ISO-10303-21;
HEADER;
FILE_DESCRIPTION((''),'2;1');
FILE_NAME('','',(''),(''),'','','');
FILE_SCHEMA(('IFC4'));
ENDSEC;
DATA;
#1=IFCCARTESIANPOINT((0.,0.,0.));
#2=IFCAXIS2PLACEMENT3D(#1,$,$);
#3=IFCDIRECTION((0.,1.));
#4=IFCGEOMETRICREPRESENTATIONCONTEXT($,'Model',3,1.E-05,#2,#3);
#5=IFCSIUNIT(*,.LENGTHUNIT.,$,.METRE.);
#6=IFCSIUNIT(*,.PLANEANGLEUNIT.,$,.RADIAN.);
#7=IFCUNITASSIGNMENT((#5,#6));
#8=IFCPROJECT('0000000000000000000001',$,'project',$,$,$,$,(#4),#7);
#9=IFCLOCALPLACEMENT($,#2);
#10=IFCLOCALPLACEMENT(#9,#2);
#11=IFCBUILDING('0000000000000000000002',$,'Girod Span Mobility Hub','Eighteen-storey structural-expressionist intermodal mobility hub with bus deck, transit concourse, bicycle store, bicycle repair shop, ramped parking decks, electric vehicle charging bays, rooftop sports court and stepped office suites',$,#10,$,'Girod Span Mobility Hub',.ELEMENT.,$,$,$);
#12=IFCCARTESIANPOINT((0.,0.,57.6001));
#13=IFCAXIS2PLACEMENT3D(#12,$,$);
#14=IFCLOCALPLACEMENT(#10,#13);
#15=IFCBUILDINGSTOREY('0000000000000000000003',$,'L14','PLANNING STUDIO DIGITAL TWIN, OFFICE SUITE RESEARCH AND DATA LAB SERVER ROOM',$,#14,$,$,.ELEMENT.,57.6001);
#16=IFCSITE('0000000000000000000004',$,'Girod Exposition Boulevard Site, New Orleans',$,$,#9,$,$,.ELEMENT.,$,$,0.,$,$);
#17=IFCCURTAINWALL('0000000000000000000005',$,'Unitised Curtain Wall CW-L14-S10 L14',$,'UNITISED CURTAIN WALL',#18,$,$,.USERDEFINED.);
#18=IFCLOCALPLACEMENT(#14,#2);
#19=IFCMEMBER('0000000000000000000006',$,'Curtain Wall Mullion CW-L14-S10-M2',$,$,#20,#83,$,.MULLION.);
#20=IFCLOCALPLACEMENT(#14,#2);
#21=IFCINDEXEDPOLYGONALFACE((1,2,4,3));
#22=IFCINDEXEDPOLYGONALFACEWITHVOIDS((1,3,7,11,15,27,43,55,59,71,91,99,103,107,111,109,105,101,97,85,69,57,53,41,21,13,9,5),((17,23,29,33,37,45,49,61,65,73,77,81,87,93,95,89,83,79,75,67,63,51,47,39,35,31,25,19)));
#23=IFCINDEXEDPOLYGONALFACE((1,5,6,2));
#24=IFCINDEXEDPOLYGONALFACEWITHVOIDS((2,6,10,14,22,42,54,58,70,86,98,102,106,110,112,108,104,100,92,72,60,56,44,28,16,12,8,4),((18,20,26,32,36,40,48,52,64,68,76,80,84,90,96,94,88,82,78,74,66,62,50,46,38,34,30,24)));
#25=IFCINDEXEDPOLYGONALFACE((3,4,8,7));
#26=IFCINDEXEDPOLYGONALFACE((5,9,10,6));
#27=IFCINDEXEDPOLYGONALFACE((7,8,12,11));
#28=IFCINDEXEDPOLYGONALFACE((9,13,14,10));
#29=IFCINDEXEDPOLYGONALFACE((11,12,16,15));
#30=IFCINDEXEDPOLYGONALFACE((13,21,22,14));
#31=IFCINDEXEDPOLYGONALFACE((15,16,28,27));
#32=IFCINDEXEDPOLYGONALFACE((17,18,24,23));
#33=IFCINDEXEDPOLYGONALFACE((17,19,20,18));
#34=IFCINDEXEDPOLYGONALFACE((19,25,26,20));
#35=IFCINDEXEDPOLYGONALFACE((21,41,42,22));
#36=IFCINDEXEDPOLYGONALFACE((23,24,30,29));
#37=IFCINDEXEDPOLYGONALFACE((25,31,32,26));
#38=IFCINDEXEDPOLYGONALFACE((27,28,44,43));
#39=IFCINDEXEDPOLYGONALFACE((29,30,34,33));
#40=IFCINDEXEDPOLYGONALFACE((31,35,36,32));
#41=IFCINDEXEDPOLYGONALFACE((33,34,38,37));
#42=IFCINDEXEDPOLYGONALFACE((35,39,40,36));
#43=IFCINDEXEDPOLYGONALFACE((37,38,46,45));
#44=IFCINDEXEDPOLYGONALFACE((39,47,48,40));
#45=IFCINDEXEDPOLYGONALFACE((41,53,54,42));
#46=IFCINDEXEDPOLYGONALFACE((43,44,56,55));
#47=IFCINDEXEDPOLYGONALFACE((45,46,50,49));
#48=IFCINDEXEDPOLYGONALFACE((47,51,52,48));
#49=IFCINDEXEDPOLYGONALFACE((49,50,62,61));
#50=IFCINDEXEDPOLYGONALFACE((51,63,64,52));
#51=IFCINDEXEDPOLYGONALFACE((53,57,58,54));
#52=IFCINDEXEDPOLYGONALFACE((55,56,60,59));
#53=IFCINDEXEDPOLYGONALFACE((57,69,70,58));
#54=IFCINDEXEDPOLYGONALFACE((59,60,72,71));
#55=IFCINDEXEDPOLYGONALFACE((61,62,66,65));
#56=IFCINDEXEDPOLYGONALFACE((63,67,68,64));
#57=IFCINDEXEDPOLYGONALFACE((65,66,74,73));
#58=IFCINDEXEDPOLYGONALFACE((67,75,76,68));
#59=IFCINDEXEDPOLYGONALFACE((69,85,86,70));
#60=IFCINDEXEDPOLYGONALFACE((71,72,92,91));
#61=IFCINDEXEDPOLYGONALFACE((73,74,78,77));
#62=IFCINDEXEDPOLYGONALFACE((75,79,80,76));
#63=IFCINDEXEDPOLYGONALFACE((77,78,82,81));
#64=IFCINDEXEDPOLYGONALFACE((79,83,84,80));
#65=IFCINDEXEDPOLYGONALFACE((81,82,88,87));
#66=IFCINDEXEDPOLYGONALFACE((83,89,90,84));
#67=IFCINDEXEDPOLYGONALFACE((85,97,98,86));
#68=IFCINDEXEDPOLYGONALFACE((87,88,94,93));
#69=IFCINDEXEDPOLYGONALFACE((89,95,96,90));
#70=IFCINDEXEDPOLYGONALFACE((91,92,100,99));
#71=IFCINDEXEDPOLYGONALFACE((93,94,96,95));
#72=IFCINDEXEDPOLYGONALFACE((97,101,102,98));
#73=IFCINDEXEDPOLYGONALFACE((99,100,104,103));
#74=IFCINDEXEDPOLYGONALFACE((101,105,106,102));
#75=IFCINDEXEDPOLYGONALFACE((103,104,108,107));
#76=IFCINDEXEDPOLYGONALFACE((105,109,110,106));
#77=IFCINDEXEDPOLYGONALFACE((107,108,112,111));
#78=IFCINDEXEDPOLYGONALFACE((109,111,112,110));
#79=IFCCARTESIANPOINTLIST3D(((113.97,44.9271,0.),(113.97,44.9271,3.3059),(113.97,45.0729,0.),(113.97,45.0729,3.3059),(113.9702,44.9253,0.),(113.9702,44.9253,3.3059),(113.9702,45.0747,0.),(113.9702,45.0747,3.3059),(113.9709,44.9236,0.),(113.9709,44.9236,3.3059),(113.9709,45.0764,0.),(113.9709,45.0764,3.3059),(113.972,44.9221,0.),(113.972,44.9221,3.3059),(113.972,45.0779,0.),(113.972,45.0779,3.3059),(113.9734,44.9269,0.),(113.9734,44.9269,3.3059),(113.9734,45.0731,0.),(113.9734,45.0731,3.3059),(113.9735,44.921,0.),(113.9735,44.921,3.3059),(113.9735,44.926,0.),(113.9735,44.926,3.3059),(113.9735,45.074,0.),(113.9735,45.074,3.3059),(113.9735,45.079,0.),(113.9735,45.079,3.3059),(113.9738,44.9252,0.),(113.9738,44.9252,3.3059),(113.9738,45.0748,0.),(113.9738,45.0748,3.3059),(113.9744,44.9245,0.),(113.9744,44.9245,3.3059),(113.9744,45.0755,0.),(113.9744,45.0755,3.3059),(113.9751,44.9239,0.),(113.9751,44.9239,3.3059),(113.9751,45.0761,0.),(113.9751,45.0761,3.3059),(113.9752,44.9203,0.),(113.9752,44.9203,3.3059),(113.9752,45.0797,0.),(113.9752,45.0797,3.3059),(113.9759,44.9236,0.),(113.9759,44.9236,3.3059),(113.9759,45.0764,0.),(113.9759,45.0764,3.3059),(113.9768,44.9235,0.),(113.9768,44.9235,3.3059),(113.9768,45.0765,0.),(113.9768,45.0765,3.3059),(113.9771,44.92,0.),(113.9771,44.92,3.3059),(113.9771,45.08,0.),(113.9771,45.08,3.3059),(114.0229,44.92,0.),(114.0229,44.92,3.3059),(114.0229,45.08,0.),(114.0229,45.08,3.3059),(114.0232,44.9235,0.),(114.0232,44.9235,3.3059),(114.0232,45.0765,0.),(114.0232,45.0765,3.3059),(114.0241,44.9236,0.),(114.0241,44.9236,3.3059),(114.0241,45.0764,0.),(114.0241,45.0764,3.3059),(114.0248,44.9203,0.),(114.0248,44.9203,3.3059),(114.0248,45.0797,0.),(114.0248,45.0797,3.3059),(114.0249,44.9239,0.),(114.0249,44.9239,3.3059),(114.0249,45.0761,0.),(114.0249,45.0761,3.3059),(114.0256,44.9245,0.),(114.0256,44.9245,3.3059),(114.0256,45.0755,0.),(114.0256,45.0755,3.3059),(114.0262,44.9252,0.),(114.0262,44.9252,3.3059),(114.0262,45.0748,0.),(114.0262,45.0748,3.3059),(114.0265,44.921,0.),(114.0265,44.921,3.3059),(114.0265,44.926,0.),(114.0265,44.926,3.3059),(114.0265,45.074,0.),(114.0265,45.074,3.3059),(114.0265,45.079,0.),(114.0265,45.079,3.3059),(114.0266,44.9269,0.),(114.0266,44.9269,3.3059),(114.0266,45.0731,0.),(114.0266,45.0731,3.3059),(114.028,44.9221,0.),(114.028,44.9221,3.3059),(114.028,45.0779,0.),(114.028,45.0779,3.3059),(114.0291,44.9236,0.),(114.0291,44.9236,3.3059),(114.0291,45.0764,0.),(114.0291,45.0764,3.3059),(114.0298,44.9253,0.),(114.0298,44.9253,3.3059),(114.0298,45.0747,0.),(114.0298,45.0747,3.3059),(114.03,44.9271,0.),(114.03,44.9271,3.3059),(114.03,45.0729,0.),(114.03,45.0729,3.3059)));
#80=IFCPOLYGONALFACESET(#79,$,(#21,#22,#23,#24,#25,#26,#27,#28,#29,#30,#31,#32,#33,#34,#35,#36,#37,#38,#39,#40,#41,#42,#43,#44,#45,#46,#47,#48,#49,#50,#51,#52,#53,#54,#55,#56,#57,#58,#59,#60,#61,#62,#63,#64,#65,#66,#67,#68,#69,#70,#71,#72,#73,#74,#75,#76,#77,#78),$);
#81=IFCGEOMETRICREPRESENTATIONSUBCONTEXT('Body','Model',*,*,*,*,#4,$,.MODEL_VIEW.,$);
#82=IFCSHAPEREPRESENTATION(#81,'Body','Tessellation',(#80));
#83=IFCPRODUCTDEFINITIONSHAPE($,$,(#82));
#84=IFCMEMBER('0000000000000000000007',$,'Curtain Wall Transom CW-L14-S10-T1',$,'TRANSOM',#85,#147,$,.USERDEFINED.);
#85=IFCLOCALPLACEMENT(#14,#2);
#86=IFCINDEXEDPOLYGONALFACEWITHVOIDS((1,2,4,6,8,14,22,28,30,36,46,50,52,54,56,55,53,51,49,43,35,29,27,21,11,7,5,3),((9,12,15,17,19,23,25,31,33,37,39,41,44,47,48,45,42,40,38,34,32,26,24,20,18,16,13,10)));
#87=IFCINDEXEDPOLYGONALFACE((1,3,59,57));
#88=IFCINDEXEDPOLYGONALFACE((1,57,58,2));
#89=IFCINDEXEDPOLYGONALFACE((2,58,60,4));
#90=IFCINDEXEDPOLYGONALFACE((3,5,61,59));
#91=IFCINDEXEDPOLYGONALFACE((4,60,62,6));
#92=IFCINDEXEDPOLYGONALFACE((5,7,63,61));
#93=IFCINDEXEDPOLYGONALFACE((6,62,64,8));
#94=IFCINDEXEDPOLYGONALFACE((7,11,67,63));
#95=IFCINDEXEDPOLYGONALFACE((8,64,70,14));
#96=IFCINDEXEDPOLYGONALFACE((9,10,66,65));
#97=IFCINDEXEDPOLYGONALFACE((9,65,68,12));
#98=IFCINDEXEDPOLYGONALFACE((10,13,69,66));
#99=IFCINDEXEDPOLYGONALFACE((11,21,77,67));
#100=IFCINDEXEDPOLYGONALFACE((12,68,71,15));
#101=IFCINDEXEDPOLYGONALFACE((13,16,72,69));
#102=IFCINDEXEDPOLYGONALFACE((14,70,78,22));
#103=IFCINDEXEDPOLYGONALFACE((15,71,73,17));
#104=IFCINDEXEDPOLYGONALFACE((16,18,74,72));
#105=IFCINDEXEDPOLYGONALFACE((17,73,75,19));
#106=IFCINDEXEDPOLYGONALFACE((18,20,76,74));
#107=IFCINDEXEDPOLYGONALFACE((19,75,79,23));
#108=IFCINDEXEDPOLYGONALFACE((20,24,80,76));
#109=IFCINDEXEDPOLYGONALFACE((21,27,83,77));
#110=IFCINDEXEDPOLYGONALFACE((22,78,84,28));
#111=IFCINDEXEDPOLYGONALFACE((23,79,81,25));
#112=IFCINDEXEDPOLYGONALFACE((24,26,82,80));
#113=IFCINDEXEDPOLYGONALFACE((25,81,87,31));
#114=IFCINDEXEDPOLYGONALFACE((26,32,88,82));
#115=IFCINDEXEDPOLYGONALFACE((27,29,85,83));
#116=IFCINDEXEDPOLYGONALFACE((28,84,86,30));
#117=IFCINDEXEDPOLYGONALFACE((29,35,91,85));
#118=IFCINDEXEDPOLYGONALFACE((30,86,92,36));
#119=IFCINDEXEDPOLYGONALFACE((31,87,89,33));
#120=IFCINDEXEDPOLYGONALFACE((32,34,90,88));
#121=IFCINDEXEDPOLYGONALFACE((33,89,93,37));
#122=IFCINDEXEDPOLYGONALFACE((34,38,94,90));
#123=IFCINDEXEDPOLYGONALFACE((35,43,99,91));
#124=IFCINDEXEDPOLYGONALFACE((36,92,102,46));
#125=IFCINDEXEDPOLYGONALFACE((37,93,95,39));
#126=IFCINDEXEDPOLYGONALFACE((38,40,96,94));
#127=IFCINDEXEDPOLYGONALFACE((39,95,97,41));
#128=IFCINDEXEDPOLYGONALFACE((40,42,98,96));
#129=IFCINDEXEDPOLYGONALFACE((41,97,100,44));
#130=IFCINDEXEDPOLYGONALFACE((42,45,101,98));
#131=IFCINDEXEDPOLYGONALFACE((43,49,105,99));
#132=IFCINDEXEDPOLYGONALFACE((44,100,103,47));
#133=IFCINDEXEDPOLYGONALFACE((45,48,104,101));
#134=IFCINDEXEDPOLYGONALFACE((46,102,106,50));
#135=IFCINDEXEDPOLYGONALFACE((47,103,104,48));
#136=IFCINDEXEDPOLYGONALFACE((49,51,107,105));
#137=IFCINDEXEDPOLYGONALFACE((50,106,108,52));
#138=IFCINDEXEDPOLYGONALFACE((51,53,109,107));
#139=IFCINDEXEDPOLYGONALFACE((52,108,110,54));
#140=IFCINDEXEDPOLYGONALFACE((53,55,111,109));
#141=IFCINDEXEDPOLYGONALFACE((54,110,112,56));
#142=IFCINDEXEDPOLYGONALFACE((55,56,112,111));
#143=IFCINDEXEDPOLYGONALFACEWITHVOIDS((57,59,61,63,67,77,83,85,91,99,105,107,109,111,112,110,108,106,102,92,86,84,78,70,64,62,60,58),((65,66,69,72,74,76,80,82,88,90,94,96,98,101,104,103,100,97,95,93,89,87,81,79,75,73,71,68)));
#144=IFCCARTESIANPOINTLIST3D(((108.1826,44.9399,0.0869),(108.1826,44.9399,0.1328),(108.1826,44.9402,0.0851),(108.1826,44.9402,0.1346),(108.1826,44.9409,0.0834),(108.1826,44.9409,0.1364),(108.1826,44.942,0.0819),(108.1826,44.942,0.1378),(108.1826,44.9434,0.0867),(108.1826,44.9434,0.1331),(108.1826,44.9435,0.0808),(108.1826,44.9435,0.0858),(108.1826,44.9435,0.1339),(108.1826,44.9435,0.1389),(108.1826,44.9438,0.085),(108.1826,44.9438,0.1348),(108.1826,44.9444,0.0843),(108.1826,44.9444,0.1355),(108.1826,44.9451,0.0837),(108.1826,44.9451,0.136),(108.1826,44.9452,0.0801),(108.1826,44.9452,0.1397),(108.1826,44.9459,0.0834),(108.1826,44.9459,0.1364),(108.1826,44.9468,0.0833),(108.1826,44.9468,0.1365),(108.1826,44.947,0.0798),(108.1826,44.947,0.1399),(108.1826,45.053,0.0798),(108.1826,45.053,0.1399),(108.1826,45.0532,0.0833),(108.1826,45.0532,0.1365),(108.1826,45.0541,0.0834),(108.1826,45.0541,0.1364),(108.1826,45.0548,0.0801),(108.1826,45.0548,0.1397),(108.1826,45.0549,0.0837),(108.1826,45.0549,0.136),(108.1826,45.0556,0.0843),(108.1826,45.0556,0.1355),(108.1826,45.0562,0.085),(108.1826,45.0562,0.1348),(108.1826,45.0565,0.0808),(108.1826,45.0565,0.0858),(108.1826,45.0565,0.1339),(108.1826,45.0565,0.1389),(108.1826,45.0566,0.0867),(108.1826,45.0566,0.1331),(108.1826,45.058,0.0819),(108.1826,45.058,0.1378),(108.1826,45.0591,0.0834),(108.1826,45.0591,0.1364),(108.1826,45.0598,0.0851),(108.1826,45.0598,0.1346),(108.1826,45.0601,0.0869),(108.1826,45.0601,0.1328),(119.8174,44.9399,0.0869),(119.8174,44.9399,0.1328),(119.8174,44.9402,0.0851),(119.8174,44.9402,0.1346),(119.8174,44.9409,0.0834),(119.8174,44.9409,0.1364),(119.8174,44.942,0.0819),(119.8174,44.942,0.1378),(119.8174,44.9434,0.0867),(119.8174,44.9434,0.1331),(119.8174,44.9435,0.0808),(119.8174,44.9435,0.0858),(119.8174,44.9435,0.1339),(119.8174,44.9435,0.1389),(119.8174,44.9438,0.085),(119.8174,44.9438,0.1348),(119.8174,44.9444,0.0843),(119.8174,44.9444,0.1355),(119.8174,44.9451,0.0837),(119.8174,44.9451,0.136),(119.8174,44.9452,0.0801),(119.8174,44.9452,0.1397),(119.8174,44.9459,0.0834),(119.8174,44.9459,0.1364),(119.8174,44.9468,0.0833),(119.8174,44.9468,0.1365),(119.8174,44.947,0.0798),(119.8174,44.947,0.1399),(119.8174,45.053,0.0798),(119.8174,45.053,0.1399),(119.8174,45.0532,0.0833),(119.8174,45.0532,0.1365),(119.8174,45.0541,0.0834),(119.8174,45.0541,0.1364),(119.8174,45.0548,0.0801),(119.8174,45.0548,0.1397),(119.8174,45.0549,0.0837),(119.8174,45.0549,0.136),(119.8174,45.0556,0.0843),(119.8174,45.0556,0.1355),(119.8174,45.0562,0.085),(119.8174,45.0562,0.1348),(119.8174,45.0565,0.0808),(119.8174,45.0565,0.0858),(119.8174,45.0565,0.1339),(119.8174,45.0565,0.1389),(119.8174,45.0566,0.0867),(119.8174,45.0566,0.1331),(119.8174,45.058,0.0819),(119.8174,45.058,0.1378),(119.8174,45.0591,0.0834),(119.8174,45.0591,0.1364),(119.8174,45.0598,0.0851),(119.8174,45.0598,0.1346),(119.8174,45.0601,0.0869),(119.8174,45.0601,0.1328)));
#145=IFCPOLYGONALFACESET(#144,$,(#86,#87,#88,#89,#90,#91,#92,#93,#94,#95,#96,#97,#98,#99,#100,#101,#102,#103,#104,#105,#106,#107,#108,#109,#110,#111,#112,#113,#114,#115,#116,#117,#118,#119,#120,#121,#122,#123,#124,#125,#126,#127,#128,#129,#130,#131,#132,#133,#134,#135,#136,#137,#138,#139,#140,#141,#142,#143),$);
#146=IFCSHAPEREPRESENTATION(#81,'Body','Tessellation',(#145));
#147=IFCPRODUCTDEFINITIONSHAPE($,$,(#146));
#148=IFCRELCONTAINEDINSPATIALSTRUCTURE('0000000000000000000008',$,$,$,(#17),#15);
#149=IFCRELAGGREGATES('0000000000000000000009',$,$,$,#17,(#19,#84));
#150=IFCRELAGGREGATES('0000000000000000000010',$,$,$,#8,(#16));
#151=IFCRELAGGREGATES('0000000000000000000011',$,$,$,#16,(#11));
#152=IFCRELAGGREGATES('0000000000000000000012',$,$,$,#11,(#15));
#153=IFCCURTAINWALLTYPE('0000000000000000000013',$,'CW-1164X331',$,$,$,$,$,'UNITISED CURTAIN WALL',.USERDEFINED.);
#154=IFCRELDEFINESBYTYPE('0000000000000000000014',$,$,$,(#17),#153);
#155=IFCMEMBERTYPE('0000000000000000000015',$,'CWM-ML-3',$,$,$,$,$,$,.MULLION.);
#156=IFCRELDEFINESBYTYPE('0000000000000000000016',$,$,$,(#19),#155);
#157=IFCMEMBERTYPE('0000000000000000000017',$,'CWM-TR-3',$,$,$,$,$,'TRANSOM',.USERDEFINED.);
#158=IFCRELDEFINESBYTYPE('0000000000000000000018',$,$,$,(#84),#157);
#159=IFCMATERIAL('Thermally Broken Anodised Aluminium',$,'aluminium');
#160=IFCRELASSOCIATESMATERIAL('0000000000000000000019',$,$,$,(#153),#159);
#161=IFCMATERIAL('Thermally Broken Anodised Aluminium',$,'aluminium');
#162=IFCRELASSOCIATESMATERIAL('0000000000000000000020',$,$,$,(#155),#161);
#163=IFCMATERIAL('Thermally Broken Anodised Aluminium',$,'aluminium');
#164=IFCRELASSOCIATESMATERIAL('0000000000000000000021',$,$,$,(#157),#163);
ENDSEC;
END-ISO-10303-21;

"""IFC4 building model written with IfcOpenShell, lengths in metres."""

from ifc_helpers import new_model, si_unit, direction, frame, origin, origin_2d, place, context, subcontext, project, spatial, hollow_rectangle, extrude, material, material_profile, profile_set, type_object, element, aggregate, save


model = new_model("IFC4")

# Units and contexts
model_context = context("Model", 3, precision=1e-05, world=origin(), true_north=direction((0.0, 1.0)))
body_context = subcontext(model_context, "Body", "Model", "MODEL_VIEW")
ifc_project = project(units=[si_unit("LENGTHUNIT", "METRE"), si_unit("PLANEANGLEUNIT", "RADIAN")], contexts=[model_context])

# Site, building, storey
site_placement = place(None, origin())
site = spatial("IfcSite", under=ifc_project, at=site_placement, Name="Girod Exposition Boulevard Site, New Orleans", CompositionType="ELEMENT", RefElevation=0.0)
building_placement = place(site_placement, origin())
building = spatial("IfcBuilding", under=site, at=building_placement, Name="Girod Span Mobility Hub", Description="Eighteen-storey structural-expressionist intermodal mobility hub with bus deck, transit concourse, bicycle store, bicycle repair shop, ramped parking decks, electric vehicle charging bays, rooftop sports court and stepped office suites", LongName="Girod Span Mobility Hub", CompositionType="ELEMENT")
storey_placement = place(building_placement, frame((0.0, 0.0, 57.6001)))
storey = spatial("IfcBuildingStorey", under=building, at=storey_placement, Name="L14", Description="PLANNING STUDIO DIGITAL TWIN, OFFICE SUITE RESEARCH AND DATA LAB SERVER ROOM", CompositionType="ELEMENT", Elevation=57.6001)

# Curtain wall, members
ifc_material_1 = material(Name="Thermally Broken Anodised Aluminium", Category="aluminium")
curtain_wall_type = type_object("IfcCurtainWallType", Name="CW-1164X331", ElementType="UNITISED CURTAIN WALL", PredefinedType="USERDEFINED", material=ifc_material_1)
ifc_material_2 = material(Name="Thermally Broken Anodised Aluminium", Category="aluminium")
ifc_material_profile_1 = material_profile(ifc_material_2, hollow_rectangle(XDim=0.1599, YDim=0.0601, WallThickness=0.0034, InnerFilletRadius=0.0034, OuterFilletRadius=0.0071, at=origin_2d()), Name="CW-ML-60X160")
ifc_profile_set_1 = profile_set([ifc_material_profile_1], Name="Thermally Broken Anodised Aluminium")
member_type_1 = type_object("IfcMemberType", Name="CWM-ML-3", PredefinedType="MULLION", material=ifc_profile_set_1)
curtain_wall_1_placement = place(storey_placement, origin())
curtain_wall_1 = element("IfcCurtainWall", 1, at=curtain_wall_1_placement, inside=storey, type_object=curtain_wall_type, Name="Unitised Curtain Wall CW-L14-S10 L14", ObjectType="UNITISED CURTAIN WALL", PredefinedType="USERDEFINED")
member_1_placement = place(storey_placement, frame((114.0, 45.0, 0.0), z_axis=(0.0, 0.0, 1.0), x_axis=(0.0, 1.0, 0.0)))
member_1 = element("IfcMember", 2, at=member_1_placement, type_object=member_type_1, Name="Curtain Wall Mullion CW-L14-S10-M2", PredefinedType="MULLION", context=body_context, shape_type="SweptSolid", body=[
    extrude(hollow_rectangle(XDim=0.1599, YDim=0.0601, WallThickness=0.0034, InnerFilletRadius=0.0034, OuterFilletRadius=0.0071, at=origin_2d()), origin(), (0.0, 0.0, 1.0), 3.3059),
])
ifc_material_3 = material(Name="Thermally Broken Anodised Aluminium", Category="aluminium")
ifc_material_profile_2 = material_profile(ifc_material_3, hollow_rectangle(XDim=0.1201, YDim=0.0601, WallThickness=0.0034, InnerFilletRadius=0.0034, OuterFilletRadius=0.0071, at=origin_2d()), Name="CW-TR-60X120")
ifc_profile_set_2 = profile_set([ifc_material_profile_2], Name="Thermally Broken Anodised Aluminium")
member_type_2 = type_object("IfcMemberType", Name="CWM-TR-3", ElementType="TRANSOM", PredefinedType="USERDEFINED", material=ifc_profile_set_2)
member_2_placement = place(storey_placement, frame((108.1826, 45.0, 0.1099), z_axis=(1.0, 0.0, 0.0), x_axis=(0.0, 1.0, 0.0)))
member_2 = element("IfcMember", 3, at=member_2_placement, type_object=member_type_2, Name="Curtain Wall Transom CW-L14-S10-T1", ObjectType="TRANSOM", PredefinedType="USERDEFINED", context=body_context, shape_type="SweptSolid", body=[
    extrude(hollow_rectangle(XDim=0.1201, YDim=0.0601, WallThickness=0.0034, InnerFilletRadius=0.0034, OuterFilletRadius=0.0071, at=origin_2d()), origin(), (0.0, 0.0, 1.0), 11.6348),
])

aggregate(curtain_wall_1, [member_1, member_2])

save(model, "model.ifc")
